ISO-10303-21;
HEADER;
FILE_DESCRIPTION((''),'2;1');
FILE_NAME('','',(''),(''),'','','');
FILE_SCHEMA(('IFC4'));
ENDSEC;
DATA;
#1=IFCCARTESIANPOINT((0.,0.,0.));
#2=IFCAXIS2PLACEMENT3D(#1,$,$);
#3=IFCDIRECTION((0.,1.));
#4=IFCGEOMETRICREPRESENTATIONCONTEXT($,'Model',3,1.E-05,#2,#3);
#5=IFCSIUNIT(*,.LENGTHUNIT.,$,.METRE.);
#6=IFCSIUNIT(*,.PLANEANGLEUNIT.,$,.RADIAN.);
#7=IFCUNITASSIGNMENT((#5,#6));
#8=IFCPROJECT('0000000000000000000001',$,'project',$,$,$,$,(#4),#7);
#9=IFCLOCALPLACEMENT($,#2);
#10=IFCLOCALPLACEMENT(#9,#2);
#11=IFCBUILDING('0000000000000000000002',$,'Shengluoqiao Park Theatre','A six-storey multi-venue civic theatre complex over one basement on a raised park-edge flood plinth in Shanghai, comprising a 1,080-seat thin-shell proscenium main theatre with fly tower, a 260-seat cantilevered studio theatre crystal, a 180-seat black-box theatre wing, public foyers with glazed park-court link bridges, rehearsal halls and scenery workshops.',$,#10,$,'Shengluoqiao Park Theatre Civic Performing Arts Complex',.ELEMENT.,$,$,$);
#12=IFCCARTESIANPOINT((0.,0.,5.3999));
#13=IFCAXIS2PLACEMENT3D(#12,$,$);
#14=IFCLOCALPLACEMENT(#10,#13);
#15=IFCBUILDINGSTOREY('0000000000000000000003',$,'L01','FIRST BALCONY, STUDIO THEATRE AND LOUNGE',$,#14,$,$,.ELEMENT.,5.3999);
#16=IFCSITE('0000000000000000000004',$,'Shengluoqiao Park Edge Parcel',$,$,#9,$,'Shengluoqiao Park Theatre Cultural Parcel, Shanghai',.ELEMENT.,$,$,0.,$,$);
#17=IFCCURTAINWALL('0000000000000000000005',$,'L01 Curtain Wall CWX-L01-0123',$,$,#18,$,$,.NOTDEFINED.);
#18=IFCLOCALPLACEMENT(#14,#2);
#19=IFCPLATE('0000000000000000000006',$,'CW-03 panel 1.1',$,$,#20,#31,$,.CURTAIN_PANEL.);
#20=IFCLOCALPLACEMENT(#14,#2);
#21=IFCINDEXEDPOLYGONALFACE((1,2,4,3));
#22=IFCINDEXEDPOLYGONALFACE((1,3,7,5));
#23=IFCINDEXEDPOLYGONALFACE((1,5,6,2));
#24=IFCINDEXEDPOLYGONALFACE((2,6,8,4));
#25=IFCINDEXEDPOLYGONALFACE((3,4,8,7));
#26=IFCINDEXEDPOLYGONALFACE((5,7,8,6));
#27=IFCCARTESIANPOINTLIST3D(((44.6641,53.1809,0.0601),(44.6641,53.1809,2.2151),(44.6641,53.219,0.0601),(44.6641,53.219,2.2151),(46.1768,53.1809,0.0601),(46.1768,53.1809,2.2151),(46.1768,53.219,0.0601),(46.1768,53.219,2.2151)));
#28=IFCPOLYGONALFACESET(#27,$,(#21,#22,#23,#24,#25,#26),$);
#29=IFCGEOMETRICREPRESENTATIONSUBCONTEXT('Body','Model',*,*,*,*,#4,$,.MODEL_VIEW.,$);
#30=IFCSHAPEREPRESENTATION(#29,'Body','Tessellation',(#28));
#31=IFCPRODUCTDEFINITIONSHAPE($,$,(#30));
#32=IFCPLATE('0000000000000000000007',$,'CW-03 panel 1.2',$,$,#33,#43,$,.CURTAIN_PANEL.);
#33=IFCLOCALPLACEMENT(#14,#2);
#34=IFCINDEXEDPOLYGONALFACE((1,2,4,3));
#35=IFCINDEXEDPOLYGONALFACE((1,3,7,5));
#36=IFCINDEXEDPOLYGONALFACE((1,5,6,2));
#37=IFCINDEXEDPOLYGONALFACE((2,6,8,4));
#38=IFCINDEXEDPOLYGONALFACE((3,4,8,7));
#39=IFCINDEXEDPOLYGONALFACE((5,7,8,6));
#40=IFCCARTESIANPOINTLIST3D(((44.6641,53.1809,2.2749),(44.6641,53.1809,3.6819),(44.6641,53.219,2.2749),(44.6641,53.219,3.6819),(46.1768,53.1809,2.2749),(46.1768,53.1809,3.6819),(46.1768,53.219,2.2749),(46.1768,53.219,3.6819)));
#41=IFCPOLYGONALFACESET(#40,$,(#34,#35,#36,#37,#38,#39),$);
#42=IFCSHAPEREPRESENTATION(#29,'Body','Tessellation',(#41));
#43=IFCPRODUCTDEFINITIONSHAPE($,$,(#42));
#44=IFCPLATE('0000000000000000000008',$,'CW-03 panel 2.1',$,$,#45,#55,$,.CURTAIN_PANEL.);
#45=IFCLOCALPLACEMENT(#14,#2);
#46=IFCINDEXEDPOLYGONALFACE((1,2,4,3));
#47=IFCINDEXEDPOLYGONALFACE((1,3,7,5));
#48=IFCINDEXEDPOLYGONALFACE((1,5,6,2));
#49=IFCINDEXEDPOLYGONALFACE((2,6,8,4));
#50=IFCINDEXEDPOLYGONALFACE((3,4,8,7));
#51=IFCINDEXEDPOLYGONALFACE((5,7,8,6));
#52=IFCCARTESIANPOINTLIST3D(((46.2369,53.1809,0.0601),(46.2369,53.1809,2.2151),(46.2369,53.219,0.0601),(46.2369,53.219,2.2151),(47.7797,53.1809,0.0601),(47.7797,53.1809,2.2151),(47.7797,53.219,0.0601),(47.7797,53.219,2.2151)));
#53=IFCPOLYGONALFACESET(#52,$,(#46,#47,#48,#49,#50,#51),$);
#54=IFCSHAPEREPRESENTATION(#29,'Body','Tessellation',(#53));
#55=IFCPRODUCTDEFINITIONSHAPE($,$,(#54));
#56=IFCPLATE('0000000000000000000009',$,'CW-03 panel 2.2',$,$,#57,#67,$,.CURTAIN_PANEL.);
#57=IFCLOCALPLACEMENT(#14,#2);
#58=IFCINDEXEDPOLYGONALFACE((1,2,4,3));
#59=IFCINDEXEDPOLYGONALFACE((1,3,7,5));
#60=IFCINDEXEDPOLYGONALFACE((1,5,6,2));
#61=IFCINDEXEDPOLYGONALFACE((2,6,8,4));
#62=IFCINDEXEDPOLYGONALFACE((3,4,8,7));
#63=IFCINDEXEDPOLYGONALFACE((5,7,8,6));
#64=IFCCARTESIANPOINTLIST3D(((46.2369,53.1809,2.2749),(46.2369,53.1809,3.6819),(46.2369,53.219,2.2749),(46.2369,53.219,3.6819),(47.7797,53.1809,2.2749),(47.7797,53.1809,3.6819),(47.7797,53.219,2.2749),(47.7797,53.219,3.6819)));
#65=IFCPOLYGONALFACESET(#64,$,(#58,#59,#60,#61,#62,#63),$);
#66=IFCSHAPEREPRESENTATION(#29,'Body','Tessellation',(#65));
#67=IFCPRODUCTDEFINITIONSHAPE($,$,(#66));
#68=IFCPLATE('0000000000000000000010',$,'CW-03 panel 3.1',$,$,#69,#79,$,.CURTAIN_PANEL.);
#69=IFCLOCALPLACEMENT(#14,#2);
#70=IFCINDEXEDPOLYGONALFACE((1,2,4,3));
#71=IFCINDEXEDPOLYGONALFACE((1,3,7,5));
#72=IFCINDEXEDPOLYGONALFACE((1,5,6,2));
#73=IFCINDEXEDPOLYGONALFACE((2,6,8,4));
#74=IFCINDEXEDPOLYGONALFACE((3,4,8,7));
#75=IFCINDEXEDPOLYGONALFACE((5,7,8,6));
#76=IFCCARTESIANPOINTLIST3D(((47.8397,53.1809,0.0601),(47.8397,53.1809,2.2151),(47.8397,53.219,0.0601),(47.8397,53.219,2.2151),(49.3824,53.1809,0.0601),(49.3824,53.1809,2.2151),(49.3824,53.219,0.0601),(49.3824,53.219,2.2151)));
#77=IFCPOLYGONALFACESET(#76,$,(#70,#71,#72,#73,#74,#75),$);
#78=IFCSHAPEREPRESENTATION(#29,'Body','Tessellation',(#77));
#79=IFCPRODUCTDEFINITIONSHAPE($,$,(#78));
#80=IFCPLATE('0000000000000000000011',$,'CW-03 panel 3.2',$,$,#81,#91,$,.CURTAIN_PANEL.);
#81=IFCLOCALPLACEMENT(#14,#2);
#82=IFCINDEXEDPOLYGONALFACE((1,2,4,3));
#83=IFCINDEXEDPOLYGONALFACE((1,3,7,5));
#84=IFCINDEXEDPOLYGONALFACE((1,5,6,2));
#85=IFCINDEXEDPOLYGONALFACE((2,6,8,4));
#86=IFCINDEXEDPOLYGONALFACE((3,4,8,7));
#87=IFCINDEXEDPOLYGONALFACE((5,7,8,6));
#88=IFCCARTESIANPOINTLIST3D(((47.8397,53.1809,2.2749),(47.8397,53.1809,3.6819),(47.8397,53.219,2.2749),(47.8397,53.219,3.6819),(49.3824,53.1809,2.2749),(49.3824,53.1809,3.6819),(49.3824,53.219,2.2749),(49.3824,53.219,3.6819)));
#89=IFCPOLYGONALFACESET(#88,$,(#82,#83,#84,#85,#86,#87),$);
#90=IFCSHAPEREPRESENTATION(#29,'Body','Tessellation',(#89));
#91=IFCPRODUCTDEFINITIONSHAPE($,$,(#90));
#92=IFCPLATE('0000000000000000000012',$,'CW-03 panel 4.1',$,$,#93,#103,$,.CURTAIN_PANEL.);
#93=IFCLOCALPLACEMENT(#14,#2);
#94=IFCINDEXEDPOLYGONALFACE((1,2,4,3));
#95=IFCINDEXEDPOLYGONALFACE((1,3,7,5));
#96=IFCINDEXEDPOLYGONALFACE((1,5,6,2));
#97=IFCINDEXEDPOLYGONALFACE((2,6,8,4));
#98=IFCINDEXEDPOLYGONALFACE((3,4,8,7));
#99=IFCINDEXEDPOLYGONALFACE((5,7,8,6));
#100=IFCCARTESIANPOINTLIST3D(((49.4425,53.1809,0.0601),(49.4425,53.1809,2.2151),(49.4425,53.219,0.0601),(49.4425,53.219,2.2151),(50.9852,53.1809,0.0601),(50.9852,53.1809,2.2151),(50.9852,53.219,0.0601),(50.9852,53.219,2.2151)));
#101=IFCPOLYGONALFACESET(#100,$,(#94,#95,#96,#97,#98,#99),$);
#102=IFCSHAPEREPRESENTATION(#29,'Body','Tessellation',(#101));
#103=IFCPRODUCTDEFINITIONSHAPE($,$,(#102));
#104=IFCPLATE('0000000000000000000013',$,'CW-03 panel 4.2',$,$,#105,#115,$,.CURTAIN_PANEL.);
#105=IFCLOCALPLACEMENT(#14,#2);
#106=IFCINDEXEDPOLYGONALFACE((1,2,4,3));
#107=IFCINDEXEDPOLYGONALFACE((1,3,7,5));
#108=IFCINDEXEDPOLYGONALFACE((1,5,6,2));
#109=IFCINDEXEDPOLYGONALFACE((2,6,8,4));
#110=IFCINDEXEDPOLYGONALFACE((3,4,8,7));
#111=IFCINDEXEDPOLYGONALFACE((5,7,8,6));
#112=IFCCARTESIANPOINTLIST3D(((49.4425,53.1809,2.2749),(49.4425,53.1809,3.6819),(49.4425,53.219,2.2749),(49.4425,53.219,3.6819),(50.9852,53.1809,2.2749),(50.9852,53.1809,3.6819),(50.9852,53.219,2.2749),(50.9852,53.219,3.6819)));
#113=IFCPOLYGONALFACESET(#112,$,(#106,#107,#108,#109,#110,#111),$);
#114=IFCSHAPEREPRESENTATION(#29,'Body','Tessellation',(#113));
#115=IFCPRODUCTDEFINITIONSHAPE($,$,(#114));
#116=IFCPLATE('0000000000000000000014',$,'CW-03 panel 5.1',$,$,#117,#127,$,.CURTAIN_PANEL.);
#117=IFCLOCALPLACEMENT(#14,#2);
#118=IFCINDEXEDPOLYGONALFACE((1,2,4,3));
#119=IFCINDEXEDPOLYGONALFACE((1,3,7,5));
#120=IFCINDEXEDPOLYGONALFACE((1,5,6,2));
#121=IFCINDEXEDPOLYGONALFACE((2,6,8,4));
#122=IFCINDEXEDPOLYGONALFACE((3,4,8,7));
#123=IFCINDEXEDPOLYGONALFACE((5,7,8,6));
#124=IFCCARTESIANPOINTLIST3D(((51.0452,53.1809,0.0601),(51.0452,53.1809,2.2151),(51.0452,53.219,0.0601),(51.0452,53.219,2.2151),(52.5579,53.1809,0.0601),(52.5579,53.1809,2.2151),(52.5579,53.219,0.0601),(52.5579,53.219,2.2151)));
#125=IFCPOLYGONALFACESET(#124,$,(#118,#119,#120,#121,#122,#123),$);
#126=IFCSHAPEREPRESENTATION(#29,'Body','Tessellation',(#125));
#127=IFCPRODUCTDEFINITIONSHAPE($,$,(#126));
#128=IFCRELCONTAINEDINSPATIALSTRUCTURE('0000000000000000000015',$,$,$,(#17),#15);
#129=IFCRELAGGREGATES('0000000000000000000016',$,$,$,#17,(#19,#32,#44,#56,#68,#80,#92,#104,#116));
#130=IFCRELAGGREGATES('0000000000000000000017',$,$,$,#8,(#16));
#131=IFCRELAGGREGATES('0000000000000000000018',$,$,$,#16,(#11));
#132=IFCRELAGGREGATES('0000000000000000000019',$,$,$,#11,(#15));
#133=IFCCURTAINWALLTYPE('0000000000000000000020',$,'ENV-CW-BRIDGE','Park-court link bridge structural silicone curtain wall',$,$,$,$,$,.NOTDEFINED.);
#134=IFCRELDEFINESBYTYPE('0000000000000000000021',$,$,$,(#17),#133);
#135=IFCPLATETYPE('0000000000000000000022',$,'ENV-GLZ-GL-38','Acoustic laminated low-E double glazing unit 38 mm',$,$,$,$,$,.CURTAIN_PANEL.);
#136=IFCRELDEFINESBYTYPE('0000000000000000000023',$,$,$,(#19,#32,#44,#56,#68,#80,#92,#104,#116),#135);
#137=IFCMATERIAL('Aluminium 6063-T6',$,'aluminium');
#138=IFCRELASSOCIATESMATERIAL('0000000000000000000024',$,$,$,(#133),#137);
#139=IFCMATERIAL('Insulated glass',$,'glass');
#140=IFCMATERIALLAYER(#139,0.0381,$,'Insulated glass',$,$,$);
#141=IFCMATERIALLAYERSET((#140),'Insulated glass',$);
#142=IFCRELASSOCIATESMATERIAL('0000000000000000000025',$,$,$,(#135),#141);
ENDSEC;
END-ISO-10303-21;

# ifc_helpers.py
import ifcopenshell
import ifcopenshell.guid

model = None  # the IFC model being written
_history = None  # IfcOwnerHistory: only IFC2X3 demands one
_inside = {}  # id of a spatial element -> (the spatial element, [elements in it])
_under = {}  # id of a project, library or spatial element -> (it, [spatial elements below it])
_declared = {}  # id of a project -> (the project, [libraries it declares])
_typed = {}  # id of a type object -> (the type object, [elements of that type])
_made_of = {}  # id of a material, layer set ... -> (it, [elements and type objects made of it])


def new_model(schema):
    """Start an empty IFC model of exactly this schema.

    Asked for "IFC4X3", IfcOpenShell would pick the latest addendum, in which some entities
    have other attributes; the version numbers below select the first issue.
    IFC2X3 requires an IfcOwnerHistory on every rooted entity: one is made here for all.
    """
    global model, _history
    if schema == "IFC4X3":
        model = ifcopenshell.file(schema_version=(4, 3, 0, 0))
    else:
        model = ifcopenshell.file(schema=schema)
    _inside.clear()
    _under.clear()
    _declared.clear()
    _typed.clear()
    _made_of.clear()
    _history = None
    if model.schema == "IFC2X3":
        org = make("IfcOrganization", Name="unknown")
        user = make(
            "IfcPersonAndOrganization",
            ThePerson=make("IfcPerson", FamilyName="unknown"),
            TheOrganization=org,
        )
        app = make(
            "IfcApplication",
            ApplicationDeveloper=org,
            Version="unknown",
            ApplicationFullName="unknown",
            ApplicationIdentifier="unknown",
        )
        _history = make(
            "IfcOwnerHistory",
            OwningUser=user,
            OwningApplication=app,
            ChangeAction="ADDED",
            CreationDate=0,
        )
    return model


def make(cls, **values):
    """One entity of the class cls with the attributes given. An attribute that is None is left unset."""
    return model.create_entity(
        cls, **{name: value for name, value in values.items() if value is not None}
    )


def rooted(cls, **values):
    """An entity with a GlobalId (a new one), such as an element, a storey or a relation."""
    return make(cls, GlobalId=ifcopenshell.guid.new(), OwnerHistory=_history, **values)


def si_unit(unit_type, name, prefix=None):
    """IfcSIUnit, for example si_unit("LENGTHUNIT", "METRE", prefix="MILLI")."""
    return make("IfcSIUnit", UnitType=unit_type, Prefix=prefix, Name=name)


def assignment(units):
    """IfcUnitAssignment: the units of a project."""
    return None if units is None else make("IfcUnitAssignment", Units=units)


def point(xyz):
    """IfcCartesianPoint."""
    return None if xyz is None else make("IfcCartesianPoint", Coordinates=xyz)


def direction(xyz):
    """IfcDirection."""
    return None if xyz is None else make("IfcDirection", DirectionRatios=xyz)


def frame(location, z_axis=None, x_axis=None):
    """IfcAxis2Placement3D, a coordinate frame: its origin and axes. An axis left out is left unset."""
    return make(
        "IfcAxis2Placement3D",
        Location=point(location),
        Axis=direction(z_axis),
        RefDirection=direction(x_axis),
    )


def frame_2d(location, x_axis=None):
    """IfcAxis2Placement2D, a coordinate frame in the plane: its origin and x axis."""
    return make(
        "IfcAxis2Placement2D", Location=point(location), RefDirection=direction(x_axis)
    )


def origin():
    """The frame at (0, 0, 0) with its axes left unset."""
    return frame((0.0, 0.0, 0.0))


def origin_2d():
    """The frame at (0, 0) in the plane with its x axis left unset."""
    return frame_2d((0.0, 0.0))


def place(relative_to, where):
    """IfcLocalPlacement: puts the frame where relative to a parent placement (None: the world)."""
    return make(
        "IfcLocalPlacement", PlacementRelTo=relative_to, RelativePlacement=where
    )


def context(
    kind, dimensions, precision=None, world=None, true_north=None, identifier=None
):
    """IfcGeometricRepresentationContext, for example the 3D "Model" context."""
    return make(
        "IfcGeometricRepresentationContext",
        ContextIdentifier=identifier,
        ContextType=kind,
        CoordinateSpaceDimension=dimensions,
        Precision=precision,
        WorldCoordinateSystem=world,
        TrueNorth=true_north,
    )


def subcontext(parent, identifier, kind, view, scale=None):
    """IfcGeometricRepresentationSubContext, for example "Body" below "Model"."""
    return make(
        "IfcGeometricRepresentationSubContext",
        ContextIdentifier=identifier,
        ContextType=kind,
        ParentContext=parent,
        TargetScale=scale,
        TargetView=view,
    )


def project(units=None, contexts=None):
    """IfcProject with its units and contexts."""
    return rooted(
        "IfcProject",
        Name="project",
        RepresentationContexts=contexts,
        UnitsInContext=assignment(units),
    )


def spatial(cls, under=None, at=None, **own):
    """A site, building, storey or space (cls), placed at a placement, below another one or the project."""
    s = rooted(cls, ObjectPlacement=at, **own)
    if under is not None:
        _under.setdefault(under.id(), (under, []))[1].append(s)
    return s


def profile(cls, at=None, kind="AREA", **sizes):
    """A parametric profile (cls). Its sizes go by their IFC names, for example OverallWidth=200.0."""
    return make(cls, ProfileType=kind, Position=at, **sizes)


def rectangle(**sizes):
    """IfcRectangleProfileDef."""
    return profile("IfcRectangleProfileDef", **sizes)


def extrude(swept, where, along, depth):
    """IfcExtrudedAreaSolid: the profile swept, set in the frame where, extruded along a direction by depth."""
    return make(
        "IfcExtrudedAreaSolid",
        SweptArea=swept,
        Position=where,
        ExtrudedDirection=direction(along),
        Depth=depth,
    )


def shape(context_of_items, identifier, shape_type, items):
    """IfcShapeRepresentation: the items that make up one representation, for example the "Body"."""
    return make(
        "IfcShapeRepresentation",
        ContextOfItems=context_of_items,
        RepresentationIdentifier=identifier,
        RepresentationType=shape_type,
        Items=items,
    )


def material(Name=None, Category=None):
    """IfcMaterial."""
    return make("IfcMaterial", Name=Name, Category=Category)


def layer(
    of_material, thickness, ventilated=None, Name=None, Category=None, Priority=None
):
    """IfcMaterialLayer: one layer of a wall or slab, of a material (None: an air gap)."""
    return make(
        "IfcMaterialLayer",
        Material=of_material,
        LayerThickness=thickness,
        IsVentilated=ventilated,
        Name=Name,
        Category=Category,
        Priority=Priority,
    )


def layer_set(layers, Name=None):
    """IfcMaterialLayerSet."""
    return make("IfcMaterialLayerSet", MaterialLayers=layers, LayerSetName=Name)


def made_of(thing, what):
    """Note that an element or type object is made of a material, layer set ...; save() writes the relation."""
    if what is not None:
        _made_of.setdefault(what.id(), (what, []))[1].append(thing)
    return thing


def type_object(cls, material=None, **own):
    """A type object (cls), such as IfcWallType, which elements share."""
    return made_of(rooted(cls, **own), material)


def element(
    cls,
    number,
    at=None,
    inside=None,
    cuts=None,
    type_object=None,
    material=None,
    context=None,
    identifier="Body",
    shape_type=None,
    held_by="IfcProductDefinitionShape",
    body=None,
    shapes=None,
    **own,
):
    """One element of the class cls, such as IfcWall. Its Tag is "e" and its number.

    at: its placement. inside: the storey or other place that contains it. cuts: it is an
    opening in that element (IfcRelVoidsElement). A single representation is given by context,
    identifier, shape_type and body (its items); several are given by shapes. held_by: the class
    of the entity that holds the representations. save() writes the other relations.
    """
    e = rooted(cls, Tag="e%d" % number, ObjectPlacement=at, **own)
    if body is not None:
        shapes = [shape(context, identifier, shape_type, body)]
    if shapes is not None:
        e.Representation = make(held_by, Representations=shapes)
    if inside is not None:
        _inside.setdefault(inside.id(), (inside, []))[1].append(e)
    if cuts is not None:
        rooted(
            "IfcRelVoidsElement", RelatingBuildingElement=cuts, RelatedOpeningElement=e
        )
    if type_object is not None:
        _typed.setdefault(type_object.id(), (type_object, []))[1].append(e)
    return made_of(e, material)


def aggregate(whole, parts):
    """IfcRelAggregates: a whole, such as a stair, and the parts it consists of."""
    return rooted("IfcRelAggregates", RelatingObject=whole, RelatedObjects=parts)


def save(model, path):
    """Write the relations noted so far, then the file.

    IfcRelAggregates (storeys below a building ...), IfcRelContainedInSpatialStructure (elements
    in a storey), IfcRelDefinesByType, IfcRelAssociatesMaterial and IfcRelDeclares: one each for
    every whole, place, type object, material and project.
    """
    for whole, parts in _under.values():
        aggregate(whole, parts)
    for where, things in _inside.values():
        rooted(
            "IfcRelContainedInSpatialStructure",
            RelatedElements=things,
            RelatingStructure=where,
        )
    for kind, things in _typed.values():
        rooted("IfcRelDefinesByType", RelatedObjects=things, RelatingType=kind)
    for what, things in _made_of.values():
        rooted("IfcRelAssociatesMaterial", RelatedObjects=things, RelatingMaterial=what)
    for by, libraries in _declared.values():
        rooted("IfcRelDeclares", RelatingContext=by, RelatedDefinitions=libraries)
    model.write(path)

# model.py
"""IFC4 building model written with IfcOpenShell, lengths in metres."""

from ifc_helpers import new_model, si_unit, direction, frame, origin, origin_2d, place, context, subcontext, project, spatial, rectangle, extrude, material, layer, layer_set, type_object, element, aggregate, save


model = new_model("IFC4")

# Units and contexts
model_context = context("Model", 3, precision=1e-05, world=origin(), true_north=direction((0.0, 1.0)))
body_context = subcontext(model_context, "Body", "Model", "MODEL_VIEW")
ifc_project = project(units=[si_unit("LENGTHUNIT", "METRE"), si_unit("PLANEANGLEUNIT", "RADIAN")], contexts=[model_context])

# Site, building, storey
site_placement = place(None, origin())
site = spatial("IfcSite", under=ifc_project, at=site_placement, Name="Shengluoqiao Park Edge Parcel", LongName="Shengluoqiao Park Theatre Cultural Parcel, Shanghai", CompositionType="ELEMENT", RefElevation=0.0)
building_placement = place(site_placement, origin())
building = spatial("IfcBuilding", under=site, at=building_placement, Name="Shengluoqiao Park Theatre", Description="A six-storey multi-venue civic theatre complex over one basement on a raised park-edge flood plinth in Shanghai, comprising a 1,080-seat thin-shell proscenium main theatre with fly tower, a 260-seat cantilevered studio theatre crystal, a 180-seat black-box theatre wing, public foyers with glazed park-court link bridges, rehearsal halls and scenery workshops.", LongName="Shengluoqiao Park Theatre Civic Performing Arts Complex", CompositionType="ELEMENT")
storey_placement = place(building_placement, frame((0.0, 0.0, 5.3999)))
storey = spatial("IfcBuildingStorey", under=building, at=storey_placement, Name="L01", Description="FIRST BALCONY, STUDIO THEATRE AND LOUNGE", CompositionType="ELEMENT", Elevation=5.3999)

# Curtain wall
ifc_material_1 = material(Name="Aluminium 6063-T6", Category="aluminium")
curtain_wall_type = type_object("IfcCurtainWallType", Name="ENV-CW-BRIDGE", Description="Park-court link bridge structural silicone curtain wall", PredefinedType="NOTDEFINED", material=ifc_material_1)
curtain_wall_placement = place(storey_placement, origin())
curtain_wall = element("IfcCurtainWall", 1, at=curtain_wall_placement, inside=storey, type_object=curtain_wall_type, Name="L01 Curtain Wall CWX-L01-0123", PredefinedType="NOTDEFINED")

# Plates
ifc_material_2 = material(Name="Insulated glass", Category="glass")
ifc_layer = layer(ifc_material_2, 0.0381, Name="Insulated glass")
ifc_layer_set = layer_set([ifc_layer], Name="Insulated glass")
plate_type = type_object("IfcPlateType", Name="ENV-GLZ-GL-38", Description="Acoustic laminated low-E double glazing unit 38 mm", PredefinedType="CURTAIN_PANEL", material=ifc_layer_set)
plate_1_placement = place(storey_placement, frame((45.4204, 53.2, 0.0601), z_axis=(0.0, 0.0, 1.0), x_axis=(1.0, 0.0, 0.0)))
plate_1 = element("IfcPlate", 2, at=plate_1_placement, type_object=plate_type, Name="CW-03 panel 1.1", PredefinedType="CURTAIN_PANEL", context=body_context, shape_type="SweptSolid", body=[
    extrude(rectangle(XDim=1.5127, YDim=0.0381, at=origin_2d()), origin(), (0.0, 0.0, 1.0), 2.155),
])
plate_2_placement = place(storey_placement, frame((45.4204, 53.2, 2.2749), z_axis=(0.0, 0.0, 1.0), x_axis=(1.0, 0.0, 0.0)))
plate_2 = element("IfcPlate", 3, at=plate_2_placement, type_object=plate_type, Name="CW-03 panel 1.2", PredefinedType="CURTAIN_PANEL", context=body_context, shape_type="SweptSolid", body=[
    extrude(rectangle(XDim=1.5127, YDim=0.0381, at=origin_2d()), origin(), (0.0, 0.0, 1.0), 1.407),
])
plate_3_placement = place(storey_placement, frame((47.0083, 53.2, 0.0601), z_axis=(0.0, 0.0, 1.0), x_axis=(1.0, 0.0, 0.0)))
plate_3 = element("IfcPlate", 4, at=plate_3_placement, type_object=plate_type, Name="CW-03 panel 2.1", PredefinedType="CURTAIN_PANEL", context=body_context, shape_type="SweptSolid", body=[
    extrude(rectangle(XDim=1.5427, YDim=0.0381, at=origin_2d()), origin(), (0.0, 0.0, 1.0), 2.155),
])
plate_4_placement = place(storey_placement, frame((47.0083, 53.2, 2.2749), z_axis=(0.0, 0.0, 1.0), x_axis=(1.0, 0.0, 0.0)))
plate_4 = element("IfcPlate", 5, at=plate_4_placement, type_object=plate_type, Name="CW-03 panel 2.2", PredefinedType="CURTAIN_PANEL", context=body_context, shape_type="SweptSolid", body=[
    extrude(rectangle(XDim=1.5427, YDim=0.0381, at=origin_2d()), origin(), (0.0, 0.0, 1.0), 1.407),
])
plate_5_placement = place(storey_placement, frame((48.6111, 53.2, 0.0601), z_axis=(0.0, 0.0, 1.0), x_axis=(1.0, 0.0, 0.0)))
plate_5 = element("IfcPlate", 6, at=plate_5_placement, type_object=plate_type, Name="CW-03 panel 3.1", PredefinedType="CURTAIN_PANEL", context=body_context, shape_type="SweptSolid", body=[
    extrude(rectangle(XDim=1.5427, YDim=0.0381, at=origin_2d()), origin(), (0.0, 0.0, 1.0), 2.155),
])
plate_6_placement = place(storey_placement, frame((48.6111, 53.2, 2.2749), z_axis=(0.0, 0.0, 1.0), x_axis=(1.0, 0.0, 0.0)))
plate_6 = element("IfcPlate", 7, at=plate_6_placement, type_object=plate_type, Name="CW-03 panel 3.2", PredefinedType="CURTAIN_PANEL", context=body_context, shape_type="SweptSolid", body=[
    extrude(rectangle(XDim=1.5427, YDim=0.0381, at=origin_2d()), origin(), (0.0, 0.0, 1.0), 1.407),
])
plate_7_placement = place(storey_placement, frame((50.2139, 53.2, 0.0601), z_axis=(0.0, 0.0, 1.0), x_axis=(1.0, 0.0, 0.0)))
plate_7 = element("IfcPlate", 8, at=plate_7_placement, type_object=plate_type, Name="CW-03 panel 4.1", PredefinedType="CURTAIN_PANEL", context=body_context, shape_type="SweptSolid", body=[
    extrude(rectangle(XDim=1.5427, YDim=0.0381, at=origin_2d()), origin(), (0.0, 0.0, 1.0), 2.155),
])
plate_8_placement = place(storey_placement, frame((50.2139, 53.2, 2.2749), z_axis=(0.0, 0.0, 1.0), x_axis=(1.0, 0.0, 0.0)))
plate_8 = element("IfcPlate", 9, at=plate_8_placement, type_object=plate_type, Name="CW-03 panel 4.2", PredefinedType="CURTAIN_PANEL", context=body_context, shape_type="SweptSolid", body=[
    extrude(rectangle(XDim=1.5427, YDim=0.0381, at=origin_2d()), origin(), (0.0, 0.0, 1.0), 1.407),
])
plate_9_placement = place(storey_placement, frame((51.8015, 53.2, 0.0601), z_axis=(0.0, 0.0, 1.0), x_axis=(1.0, 0.0, 0.0)))
plate_9 = element("IfcPlate", 10, at=plate_9_placement, type_object=plate_type, Name="CW-03 panel 5.1", PredefinedType="CURTAIN_PANEL", context=body_context, shape_type="SweptSolid", body=[
    extrude(rectangle(XDim=1.5127, YDim=0.0381, at=origin_2d()), origin(), (0.0, 0.0, 1.0), 2.155),
])
aggregate(curtain_wall, [plate_1, plate_2, plate_3, plate_4, plate_5, plate_6, plate_7, plate_8, plate_9])

save(model, "model.ifc")
